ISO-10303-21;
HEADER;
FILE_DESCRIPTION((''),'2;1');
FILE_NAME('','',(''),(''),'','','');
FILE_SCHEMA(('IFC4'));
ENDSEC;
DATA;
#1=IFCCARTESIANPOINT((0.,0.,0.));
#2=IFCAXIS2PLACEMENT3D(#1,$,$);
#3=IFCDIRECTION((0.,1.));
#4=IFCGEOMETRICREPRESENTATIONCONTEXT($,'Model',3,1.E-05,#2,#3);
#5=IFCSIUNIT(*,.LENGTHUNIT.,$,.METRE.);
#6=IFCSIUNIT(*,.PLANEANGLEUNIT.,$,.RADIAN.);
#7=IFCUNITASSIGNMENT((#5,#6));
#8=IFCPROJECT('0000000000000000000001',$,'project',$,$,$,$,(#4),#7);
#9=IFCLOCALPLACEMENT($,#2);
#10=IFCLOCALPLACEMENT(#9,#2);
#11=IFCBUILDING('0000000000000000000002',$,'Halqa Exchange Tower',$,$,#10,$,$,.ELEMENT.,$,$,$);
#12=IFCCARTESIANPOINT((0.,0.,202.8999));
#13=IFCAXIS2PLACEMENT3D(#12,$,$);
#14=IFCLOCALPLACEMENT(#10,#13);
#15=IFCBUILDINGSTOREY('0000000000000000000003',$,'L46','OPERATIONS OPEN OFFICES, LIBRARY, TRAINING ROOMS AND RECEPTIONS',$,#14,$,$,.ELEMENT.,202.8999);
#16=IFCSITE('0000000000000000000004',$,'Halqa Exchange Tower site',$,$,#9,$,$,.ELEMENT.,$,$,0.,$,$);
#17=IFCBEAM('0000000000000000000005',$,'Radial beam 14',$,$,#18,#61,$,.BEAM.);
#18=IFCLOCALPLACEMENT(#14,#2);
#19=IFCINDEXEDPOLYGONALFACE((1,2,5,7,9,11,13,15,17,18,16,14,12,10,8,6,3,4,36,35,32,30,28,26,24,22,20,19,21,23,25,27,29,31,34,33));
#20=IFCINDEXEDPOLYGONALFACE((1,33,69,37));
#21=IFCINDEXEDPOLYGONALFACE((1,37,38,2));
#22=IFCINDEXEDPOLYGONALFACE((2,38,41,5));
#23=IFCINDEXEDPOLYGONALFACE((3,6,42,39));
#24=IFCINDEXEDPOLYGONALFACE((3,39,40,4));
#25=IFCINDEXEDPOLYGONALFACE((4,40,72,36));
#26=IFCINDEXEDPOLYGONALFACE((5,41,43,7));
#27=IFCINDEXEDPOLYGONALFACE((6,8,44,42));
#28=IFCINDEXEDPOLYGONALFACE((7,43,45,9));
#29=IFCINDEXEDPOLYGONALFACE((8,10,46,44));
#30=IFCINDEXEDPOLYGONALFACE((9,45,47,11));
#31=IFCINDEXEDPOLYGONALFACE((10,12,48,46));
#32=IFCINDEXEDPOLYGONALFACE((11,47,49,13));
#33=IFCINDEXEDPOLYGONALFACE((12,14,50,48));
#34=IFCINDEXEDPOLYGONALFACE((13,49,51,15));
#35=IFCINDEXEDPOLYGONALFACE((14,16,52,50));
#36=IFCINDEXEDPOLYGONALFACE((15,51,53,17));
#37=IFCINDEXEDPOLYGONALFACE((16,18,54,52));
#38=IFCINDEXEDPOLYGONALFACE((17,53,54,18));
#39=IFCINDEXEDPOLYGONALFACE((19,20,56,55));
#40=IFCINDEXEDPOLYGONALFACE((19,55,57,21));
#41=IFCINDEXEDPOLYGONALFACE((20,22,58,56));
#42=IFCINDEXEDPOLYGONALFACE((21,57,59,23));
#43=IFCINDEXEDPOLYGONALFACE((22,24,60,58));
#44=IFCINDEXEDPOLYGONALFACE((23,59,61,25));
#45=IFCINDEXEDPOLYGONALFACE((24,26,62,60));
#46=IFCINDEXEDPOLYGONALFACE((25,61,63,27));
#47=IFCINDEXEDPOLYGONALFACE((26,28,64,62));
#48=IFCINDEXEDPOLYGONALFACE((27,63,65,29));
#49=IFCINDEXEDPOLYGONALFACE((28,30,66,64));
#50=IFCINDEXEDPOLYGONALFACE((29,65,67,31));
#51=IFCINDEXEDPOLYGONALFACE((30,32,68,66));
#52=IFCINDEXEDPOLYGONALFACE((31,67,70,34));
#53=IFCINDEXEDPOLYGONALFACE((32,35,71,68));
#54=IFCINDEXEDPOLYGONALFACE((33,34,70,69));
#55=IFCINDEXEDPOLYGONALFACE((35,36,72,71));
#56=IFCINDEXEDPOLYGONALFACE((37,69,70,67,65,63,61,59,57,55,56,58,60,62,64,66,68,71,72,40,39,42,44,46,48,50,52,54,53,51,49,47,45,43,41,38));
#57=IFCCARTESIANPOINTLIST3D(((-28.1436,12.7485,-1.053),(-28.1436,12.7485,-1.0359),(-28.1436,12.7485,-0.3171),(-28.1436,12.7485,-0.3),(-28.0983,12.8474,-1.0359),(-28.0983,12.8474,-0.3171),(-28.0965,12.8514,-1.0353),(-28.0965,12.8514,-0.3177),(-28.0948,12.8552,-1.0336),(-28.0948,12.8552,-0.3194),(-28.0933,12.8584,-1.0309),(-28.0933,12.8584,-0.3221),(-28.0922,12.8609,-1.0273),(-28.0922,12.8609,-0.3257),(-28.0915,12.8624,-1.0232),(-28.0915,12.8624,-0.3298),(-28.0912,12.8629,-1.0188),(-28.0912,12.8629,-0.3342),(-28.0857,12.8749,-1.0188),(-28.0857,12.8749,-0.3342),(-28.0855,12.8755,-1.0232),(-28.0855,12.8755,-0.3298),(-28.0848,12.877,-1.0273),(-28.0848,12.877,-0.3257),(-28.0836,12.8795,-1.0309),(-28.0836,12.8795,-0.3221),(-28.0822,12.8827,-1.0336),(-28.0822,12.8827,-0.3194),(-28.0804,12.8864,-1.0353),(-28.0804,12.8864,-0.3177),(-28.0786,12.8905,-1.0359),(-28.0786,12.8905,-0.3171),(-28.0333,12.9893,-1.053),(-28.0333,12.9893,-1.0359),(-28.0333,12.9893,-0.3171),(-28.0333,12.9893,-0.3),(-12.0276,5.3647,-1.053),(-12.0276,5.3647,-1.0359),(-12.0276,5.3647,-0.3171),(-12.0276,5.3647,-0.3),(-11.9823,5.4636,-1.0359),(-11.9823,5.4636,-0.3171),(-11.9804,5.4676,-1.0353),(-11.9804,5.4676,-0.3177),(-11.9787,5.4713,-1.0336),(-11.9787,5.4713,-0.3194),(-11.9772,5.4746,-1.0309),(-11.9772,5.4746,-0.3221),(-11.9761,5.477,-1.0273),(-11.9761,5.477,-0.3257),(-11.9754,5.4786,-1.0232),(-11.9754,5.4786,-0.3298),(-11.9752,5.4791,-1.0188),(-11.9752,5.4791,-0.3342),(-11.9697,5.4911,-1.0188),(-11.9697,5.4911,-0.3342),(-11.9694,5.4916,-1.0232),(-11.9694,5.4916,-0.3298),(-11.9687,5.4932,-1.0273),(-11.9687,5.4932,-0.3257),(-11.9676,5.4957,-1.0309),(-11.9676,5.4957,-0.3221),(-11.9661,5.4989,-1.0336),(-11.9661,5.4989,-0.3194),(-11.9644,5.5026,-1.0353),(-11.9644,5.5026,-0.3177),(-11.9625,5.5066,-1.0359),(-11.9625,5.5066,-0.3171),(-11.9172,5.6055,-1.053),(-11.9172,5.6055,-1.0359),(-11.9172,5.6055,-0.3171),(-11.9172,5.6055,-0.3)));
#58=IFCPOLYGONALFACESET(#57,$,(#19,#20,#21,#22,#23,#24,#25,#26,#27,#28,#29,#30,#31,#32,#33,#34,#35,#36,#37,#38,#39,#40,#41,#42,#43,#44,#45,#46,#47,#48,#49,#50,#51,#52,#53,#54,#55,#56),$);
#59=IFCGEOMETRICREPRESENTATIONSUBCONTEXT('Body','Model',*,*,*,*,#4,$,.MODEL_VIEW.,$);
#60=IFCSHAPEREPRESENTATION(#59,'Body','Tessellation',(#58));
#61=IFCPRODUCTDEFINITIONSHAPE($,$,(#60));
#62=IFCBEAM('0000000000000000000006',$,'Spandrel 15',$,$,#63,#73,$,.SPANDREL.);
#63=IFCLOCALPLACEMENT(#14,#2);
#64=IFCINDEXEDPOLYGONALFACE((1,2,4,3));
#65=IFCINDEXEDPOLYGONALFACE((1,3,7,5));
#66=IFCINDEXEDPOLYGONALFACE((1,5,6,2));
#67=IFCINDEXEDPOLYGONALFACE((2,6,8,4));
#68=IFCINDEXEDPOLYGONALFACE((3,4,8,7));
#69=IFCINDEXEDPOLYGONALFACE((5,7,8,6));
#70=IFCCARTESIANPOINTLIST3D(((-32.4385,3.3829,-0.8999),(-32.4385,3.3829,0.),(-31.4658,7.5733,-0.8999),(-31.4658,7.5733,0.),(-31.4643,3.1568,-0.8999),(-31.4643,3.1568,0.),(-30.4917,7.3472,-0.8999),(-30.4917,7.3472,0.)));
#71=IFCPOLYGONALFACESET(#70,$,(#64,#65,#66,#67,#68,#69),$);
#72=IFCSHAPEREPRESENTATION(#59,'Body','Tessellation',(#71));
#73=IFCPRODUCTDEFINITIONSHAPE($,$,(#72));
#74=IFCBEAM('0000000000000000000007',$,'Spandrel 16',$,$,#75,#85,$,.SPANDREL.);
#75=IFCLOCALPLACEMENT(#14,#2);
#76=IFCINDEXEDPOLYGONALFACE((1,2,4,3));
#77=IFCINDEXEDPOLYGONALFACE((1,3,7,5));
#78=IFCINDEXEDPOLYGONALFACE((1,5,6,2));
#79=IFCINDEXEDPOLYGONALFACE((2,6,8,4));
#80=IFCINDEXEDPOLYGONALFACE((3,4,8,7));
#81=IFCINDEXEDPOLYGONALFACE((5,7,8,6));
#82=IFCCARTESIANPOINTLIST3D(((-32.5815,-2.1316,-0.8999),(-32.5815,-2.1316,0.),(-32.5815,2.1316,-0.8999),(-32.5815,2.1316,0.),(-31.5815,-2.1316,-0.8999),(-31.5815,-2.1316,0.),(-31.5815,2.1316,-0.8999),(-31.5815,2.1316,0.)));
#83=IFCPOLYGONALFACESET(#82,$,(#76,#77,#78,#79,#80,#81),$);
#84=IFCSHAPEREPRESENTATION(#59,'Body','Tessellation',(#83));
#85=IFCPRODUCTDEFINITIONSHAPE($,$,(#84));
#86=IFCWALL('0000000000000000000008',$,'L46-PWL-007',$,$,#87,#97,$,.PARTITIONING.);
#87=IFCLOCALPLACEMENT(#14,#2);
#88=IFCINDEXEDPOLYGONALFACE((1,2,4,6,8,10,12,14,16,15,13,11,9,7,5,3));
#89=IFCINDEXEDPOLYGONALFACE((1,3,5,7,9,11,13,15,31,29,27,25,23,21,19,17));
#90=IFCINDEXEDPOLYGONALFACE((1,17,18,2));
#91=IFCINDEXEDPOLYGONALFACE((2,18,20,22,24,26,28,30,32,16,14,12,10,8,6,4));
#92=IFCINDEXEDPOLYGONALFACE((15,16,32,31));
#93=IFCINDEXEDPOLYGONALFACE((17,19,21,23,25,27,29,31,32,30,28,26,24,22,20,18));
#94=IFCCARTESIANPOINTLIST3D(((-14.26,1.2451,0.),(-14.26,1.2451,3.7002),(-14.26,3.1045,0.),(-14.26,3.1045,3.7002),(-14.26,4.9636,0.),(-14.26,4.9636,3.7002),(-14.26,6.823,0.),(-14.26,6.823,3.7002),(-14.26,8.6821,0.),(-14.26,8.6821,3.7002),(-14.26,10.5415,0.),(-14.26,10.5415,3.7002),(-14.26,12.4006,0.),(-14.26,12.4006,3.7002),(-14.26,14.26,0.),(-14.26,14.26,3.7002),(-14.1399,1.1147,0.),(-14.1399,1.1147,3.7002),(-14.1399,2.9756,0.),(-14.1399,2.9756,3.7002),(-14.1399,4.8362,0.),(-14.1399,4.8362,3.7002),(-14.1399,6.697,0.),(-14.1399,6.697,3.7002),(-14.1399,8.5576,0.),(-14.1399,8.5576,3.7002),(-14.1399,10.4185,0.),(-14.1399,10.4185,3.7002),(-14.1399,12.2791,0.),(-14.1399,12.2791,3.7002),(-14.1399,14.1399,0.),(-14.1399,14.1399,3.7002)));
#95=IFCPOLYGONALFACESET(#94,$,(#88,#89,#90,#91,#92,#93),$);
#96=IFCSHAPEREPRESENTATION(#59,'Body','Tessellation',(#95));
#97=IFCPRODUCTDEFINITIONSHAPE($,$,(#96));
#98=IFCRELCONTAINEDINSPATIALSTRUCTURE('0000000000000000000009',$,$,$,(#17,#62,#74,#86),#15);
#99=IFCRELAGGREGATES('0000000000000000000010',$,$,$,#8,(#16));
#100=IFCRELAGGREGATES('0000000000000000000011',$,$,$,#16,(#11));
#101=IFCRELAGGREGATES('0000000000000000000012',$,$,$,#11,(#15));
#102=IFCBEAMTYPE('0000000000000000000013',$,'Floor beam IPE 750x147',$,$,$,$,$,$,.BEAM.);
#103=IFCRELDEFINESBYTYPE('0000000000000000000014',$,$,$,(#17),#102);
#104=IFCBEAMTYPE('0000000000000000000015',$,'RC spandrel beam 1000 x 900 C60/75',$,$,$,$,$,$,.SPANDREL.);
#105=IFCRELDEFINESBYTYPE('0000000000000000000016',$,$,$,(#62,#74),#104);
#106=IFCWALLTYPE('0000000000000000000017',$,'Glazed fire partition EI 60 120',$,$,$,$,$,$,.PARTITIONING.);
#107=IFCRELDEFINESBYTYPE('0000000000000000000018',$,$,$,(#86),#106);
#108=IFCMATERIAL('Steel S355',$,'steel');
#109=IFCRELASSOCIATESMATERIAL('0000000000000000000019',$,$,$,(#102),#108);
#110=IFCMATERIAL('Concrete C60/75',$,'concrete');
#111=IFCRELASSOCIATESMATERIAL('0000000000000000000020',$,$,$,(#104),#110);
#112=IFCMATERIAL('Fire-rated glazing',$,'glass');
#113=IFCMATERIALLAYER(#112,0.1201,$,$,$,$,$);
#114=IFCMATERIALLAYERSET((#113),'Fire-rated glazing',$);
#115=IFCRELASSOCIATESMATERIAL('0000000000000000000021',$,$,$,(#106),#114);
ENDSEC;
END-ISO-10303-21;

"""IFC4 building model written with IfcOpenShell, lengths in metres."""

from ifc_helpers import new_model, si_unit, direction, frame, origin, origin_2d, place, context, subcontext, project, spatial, polyline, rectangle, i_section, outline, extrude, material, layer, layer_set, material_profile, profile_set, type_object, element, save


model = new_model("IFC4")

# Units and contexts
model_context = context("Model", 3, precision=1e-05, world=origin(), true_north=direction((0.0, 1.0)))
body_context = subcontext(model_context, "Body", "Model", "MODEL_VIEW")
ifc_project = project(units=[si_unit("LENGTHUNIT", "METRE"), si_unit("PLANEANGLEUNIT", "RADIAN")], contexts=[model_context])

# Site, building, storey
site_placement = place(None, origin())
site = spatial("IfcSite", under=ifc_project, at=site_placement, Name="Halqa Exchange Tower site", CompositionType="ELEMENT", RefElevation=0.0)
building_placement = place(site_placement, origin())
building = spatial("IfcBuilding", under=site, at=building_placement, Name="Halqa Exchange Tower", CompositionType="ELEMENT")
storey_placement = place(building_placement, frame((0.0, 0.0, 202.8999)))
storey = spatial("IfcBuildingStorey", under=building, at=storey_placement, Name="L46", Description="OPERATIONS OPEN OFFICES, LIBRARY, TRAINING ROOMS AND RECEPTIONS", CompositionType="ELEMENT", Elevation=202.8999)

# Shared definitions
ifc_material_1 = material(Name="Concrete C60/75", Category="concrete")

# Beams
ifc_material_2 = material(Name="Steel S355", Category="steel")
ifc_material_profile_1 = material_profile(ifc_material_2, i_section(OverallWidth=0.2649, OverallDepth=0.7529, WebThickness=0.0132, FlangeThickness=0.0171, FilletRadius=0.0171, at=origin_2d()), Name="IPE 750x147")
ifc_profile_set_1 = profile_set([ifc_material_profile_1], Name="Steel S355")
beam_type_1 = type_object("IfcBeamType", Name="Floor beam IPE 750x147", PredefinedType="BEAM", material=ifc_profile_set_1)
beam_1_placement = place(storey_placement, frame((-11.9724, 5.4851, -0.6765), z_axis=(-0.909122, 0.416529, 0.0), x_axis=(-0.416529, -0.909122, 0.0)))
element("IfcBeam", 1, at=beam_1_placement, inside=storey, type_object=beam_type_1, Name="Radial beam 14", PredefinedType="BEAM", context=body_context, shape_type="SweptSolid", body=[
    extrude(i_section(OverallWidth=0.2649, OverallDepth=0.7529, WebThickness=0.0132, FlangeThickness=0.0171, FilletRadius=0.0171, at=origin_2d()), origin(), (0.0, 0.0, 1.0), 17.7271),
])
ifc_material_profile_2 = material_profile(ifc_material_1, rectangle(XDim=1.0, YDim=0.8999, at=origin_2d()), Name="1000 x 900")
ifc_profile_set_2 = profile_set([ifc_material_profile_2], Name="Concrete C60/75")
beam_type_2 = type_object("IfcBeamType", Name="RC spandrel beam 1000 x 900 C60/75", PredefinedType="SPANDREL", material=ifc_profile_set_2)
beam_2_placement = place(storey_placement, frame((-30.9788, 7.4602, -0.45), z_axis=(-0.226103, -0.974103, 0.0), x_axis=(0.974103, -0.226103, 0.0)))
element("IfcBeam", 2, at=beam_2_placement, inside=storey, type_object=beam_type_2, Name="Spandrel 15", PredefinedType="SPANDREL", context=body_context, shape_type="SweptSolid", body=[
    extrude(rectangle(XDim=1.0, YDim=0.8999, at=origin_2d()), origin(), (0.0, 0.0, 1.0), 4.3018),
])
beam_3_placement = place(storey_placement, frame((-32.0815, 2.1316, -0.45), z_axis=(0.0, -1.0, 0.0), x_axis=(1.0, 0.0, 0.0)))
element("IfcBeam", 3, at=beam_3_placement, inside=storey, type_object=beam_type_2, Name="Spandrel 16", PredefinedType="SPANDREL", context=body_context, shape_type="SweptSolid", body=[
    extrude(rectangle(XDim=1.0, YDim=0.8999, at=origin_2d()), origin(), (0.0, 0.0, 1.0), 4.2632),
])

# Shared definitions
ifc_material_3 = material(Name="Fire-rated glazing", Category="glass")
ifc_layer_1 = layer(ifc_material_3, 0.1201)
ifc_layer_set_1 = layer_set([ifc_layer_1], Name="Fire-rated glazing")
wall_type_1 = type_object("IfcWallType", Name="Glazed fire partition EI 60 120", PredefinedType="PARTITIONING", material=ifc_layer_set_1)

# Wall
wall_1_placement = place(storey_placement, frame((-14.2, 1.1147, 0.0), z_axis=(0.0, 0.0, 1.0), x_axis=(0.0, 1.0, 0.0)))
element("IfcWall", 4, at=wall_1_placement, inside=storey, type_object=wall_type_1, Name="L46-PWL-007", PredefinedType="PARTITIONING", context=body_context, shape_type="SweptSolid", body=[
    extrude(outline(polyline([(0.0, -0.0601), (1.8608, -0.0601), (3.7214, -0.0601), (5.5823, -0.0601), (7.4429, -0.0601), (9.3037, -0.0601), (11.1643, -0.0601), (13.0251, -0.0601), (13.1453, 0.0601), (11.2859, 0.0601), (9.4268, 0.0601), (7.5674, 0.0601), (5.7083, 0.0601), (3.8489, 0.0601), (1.9897, 0.0601), (0.1304, 0.0601), (0.0, -0.0601), (0.0, -0.0601)])), origin(), (0.0, 0.0, 1.0), 3.7002),
])

save(model, "model.ifc")
